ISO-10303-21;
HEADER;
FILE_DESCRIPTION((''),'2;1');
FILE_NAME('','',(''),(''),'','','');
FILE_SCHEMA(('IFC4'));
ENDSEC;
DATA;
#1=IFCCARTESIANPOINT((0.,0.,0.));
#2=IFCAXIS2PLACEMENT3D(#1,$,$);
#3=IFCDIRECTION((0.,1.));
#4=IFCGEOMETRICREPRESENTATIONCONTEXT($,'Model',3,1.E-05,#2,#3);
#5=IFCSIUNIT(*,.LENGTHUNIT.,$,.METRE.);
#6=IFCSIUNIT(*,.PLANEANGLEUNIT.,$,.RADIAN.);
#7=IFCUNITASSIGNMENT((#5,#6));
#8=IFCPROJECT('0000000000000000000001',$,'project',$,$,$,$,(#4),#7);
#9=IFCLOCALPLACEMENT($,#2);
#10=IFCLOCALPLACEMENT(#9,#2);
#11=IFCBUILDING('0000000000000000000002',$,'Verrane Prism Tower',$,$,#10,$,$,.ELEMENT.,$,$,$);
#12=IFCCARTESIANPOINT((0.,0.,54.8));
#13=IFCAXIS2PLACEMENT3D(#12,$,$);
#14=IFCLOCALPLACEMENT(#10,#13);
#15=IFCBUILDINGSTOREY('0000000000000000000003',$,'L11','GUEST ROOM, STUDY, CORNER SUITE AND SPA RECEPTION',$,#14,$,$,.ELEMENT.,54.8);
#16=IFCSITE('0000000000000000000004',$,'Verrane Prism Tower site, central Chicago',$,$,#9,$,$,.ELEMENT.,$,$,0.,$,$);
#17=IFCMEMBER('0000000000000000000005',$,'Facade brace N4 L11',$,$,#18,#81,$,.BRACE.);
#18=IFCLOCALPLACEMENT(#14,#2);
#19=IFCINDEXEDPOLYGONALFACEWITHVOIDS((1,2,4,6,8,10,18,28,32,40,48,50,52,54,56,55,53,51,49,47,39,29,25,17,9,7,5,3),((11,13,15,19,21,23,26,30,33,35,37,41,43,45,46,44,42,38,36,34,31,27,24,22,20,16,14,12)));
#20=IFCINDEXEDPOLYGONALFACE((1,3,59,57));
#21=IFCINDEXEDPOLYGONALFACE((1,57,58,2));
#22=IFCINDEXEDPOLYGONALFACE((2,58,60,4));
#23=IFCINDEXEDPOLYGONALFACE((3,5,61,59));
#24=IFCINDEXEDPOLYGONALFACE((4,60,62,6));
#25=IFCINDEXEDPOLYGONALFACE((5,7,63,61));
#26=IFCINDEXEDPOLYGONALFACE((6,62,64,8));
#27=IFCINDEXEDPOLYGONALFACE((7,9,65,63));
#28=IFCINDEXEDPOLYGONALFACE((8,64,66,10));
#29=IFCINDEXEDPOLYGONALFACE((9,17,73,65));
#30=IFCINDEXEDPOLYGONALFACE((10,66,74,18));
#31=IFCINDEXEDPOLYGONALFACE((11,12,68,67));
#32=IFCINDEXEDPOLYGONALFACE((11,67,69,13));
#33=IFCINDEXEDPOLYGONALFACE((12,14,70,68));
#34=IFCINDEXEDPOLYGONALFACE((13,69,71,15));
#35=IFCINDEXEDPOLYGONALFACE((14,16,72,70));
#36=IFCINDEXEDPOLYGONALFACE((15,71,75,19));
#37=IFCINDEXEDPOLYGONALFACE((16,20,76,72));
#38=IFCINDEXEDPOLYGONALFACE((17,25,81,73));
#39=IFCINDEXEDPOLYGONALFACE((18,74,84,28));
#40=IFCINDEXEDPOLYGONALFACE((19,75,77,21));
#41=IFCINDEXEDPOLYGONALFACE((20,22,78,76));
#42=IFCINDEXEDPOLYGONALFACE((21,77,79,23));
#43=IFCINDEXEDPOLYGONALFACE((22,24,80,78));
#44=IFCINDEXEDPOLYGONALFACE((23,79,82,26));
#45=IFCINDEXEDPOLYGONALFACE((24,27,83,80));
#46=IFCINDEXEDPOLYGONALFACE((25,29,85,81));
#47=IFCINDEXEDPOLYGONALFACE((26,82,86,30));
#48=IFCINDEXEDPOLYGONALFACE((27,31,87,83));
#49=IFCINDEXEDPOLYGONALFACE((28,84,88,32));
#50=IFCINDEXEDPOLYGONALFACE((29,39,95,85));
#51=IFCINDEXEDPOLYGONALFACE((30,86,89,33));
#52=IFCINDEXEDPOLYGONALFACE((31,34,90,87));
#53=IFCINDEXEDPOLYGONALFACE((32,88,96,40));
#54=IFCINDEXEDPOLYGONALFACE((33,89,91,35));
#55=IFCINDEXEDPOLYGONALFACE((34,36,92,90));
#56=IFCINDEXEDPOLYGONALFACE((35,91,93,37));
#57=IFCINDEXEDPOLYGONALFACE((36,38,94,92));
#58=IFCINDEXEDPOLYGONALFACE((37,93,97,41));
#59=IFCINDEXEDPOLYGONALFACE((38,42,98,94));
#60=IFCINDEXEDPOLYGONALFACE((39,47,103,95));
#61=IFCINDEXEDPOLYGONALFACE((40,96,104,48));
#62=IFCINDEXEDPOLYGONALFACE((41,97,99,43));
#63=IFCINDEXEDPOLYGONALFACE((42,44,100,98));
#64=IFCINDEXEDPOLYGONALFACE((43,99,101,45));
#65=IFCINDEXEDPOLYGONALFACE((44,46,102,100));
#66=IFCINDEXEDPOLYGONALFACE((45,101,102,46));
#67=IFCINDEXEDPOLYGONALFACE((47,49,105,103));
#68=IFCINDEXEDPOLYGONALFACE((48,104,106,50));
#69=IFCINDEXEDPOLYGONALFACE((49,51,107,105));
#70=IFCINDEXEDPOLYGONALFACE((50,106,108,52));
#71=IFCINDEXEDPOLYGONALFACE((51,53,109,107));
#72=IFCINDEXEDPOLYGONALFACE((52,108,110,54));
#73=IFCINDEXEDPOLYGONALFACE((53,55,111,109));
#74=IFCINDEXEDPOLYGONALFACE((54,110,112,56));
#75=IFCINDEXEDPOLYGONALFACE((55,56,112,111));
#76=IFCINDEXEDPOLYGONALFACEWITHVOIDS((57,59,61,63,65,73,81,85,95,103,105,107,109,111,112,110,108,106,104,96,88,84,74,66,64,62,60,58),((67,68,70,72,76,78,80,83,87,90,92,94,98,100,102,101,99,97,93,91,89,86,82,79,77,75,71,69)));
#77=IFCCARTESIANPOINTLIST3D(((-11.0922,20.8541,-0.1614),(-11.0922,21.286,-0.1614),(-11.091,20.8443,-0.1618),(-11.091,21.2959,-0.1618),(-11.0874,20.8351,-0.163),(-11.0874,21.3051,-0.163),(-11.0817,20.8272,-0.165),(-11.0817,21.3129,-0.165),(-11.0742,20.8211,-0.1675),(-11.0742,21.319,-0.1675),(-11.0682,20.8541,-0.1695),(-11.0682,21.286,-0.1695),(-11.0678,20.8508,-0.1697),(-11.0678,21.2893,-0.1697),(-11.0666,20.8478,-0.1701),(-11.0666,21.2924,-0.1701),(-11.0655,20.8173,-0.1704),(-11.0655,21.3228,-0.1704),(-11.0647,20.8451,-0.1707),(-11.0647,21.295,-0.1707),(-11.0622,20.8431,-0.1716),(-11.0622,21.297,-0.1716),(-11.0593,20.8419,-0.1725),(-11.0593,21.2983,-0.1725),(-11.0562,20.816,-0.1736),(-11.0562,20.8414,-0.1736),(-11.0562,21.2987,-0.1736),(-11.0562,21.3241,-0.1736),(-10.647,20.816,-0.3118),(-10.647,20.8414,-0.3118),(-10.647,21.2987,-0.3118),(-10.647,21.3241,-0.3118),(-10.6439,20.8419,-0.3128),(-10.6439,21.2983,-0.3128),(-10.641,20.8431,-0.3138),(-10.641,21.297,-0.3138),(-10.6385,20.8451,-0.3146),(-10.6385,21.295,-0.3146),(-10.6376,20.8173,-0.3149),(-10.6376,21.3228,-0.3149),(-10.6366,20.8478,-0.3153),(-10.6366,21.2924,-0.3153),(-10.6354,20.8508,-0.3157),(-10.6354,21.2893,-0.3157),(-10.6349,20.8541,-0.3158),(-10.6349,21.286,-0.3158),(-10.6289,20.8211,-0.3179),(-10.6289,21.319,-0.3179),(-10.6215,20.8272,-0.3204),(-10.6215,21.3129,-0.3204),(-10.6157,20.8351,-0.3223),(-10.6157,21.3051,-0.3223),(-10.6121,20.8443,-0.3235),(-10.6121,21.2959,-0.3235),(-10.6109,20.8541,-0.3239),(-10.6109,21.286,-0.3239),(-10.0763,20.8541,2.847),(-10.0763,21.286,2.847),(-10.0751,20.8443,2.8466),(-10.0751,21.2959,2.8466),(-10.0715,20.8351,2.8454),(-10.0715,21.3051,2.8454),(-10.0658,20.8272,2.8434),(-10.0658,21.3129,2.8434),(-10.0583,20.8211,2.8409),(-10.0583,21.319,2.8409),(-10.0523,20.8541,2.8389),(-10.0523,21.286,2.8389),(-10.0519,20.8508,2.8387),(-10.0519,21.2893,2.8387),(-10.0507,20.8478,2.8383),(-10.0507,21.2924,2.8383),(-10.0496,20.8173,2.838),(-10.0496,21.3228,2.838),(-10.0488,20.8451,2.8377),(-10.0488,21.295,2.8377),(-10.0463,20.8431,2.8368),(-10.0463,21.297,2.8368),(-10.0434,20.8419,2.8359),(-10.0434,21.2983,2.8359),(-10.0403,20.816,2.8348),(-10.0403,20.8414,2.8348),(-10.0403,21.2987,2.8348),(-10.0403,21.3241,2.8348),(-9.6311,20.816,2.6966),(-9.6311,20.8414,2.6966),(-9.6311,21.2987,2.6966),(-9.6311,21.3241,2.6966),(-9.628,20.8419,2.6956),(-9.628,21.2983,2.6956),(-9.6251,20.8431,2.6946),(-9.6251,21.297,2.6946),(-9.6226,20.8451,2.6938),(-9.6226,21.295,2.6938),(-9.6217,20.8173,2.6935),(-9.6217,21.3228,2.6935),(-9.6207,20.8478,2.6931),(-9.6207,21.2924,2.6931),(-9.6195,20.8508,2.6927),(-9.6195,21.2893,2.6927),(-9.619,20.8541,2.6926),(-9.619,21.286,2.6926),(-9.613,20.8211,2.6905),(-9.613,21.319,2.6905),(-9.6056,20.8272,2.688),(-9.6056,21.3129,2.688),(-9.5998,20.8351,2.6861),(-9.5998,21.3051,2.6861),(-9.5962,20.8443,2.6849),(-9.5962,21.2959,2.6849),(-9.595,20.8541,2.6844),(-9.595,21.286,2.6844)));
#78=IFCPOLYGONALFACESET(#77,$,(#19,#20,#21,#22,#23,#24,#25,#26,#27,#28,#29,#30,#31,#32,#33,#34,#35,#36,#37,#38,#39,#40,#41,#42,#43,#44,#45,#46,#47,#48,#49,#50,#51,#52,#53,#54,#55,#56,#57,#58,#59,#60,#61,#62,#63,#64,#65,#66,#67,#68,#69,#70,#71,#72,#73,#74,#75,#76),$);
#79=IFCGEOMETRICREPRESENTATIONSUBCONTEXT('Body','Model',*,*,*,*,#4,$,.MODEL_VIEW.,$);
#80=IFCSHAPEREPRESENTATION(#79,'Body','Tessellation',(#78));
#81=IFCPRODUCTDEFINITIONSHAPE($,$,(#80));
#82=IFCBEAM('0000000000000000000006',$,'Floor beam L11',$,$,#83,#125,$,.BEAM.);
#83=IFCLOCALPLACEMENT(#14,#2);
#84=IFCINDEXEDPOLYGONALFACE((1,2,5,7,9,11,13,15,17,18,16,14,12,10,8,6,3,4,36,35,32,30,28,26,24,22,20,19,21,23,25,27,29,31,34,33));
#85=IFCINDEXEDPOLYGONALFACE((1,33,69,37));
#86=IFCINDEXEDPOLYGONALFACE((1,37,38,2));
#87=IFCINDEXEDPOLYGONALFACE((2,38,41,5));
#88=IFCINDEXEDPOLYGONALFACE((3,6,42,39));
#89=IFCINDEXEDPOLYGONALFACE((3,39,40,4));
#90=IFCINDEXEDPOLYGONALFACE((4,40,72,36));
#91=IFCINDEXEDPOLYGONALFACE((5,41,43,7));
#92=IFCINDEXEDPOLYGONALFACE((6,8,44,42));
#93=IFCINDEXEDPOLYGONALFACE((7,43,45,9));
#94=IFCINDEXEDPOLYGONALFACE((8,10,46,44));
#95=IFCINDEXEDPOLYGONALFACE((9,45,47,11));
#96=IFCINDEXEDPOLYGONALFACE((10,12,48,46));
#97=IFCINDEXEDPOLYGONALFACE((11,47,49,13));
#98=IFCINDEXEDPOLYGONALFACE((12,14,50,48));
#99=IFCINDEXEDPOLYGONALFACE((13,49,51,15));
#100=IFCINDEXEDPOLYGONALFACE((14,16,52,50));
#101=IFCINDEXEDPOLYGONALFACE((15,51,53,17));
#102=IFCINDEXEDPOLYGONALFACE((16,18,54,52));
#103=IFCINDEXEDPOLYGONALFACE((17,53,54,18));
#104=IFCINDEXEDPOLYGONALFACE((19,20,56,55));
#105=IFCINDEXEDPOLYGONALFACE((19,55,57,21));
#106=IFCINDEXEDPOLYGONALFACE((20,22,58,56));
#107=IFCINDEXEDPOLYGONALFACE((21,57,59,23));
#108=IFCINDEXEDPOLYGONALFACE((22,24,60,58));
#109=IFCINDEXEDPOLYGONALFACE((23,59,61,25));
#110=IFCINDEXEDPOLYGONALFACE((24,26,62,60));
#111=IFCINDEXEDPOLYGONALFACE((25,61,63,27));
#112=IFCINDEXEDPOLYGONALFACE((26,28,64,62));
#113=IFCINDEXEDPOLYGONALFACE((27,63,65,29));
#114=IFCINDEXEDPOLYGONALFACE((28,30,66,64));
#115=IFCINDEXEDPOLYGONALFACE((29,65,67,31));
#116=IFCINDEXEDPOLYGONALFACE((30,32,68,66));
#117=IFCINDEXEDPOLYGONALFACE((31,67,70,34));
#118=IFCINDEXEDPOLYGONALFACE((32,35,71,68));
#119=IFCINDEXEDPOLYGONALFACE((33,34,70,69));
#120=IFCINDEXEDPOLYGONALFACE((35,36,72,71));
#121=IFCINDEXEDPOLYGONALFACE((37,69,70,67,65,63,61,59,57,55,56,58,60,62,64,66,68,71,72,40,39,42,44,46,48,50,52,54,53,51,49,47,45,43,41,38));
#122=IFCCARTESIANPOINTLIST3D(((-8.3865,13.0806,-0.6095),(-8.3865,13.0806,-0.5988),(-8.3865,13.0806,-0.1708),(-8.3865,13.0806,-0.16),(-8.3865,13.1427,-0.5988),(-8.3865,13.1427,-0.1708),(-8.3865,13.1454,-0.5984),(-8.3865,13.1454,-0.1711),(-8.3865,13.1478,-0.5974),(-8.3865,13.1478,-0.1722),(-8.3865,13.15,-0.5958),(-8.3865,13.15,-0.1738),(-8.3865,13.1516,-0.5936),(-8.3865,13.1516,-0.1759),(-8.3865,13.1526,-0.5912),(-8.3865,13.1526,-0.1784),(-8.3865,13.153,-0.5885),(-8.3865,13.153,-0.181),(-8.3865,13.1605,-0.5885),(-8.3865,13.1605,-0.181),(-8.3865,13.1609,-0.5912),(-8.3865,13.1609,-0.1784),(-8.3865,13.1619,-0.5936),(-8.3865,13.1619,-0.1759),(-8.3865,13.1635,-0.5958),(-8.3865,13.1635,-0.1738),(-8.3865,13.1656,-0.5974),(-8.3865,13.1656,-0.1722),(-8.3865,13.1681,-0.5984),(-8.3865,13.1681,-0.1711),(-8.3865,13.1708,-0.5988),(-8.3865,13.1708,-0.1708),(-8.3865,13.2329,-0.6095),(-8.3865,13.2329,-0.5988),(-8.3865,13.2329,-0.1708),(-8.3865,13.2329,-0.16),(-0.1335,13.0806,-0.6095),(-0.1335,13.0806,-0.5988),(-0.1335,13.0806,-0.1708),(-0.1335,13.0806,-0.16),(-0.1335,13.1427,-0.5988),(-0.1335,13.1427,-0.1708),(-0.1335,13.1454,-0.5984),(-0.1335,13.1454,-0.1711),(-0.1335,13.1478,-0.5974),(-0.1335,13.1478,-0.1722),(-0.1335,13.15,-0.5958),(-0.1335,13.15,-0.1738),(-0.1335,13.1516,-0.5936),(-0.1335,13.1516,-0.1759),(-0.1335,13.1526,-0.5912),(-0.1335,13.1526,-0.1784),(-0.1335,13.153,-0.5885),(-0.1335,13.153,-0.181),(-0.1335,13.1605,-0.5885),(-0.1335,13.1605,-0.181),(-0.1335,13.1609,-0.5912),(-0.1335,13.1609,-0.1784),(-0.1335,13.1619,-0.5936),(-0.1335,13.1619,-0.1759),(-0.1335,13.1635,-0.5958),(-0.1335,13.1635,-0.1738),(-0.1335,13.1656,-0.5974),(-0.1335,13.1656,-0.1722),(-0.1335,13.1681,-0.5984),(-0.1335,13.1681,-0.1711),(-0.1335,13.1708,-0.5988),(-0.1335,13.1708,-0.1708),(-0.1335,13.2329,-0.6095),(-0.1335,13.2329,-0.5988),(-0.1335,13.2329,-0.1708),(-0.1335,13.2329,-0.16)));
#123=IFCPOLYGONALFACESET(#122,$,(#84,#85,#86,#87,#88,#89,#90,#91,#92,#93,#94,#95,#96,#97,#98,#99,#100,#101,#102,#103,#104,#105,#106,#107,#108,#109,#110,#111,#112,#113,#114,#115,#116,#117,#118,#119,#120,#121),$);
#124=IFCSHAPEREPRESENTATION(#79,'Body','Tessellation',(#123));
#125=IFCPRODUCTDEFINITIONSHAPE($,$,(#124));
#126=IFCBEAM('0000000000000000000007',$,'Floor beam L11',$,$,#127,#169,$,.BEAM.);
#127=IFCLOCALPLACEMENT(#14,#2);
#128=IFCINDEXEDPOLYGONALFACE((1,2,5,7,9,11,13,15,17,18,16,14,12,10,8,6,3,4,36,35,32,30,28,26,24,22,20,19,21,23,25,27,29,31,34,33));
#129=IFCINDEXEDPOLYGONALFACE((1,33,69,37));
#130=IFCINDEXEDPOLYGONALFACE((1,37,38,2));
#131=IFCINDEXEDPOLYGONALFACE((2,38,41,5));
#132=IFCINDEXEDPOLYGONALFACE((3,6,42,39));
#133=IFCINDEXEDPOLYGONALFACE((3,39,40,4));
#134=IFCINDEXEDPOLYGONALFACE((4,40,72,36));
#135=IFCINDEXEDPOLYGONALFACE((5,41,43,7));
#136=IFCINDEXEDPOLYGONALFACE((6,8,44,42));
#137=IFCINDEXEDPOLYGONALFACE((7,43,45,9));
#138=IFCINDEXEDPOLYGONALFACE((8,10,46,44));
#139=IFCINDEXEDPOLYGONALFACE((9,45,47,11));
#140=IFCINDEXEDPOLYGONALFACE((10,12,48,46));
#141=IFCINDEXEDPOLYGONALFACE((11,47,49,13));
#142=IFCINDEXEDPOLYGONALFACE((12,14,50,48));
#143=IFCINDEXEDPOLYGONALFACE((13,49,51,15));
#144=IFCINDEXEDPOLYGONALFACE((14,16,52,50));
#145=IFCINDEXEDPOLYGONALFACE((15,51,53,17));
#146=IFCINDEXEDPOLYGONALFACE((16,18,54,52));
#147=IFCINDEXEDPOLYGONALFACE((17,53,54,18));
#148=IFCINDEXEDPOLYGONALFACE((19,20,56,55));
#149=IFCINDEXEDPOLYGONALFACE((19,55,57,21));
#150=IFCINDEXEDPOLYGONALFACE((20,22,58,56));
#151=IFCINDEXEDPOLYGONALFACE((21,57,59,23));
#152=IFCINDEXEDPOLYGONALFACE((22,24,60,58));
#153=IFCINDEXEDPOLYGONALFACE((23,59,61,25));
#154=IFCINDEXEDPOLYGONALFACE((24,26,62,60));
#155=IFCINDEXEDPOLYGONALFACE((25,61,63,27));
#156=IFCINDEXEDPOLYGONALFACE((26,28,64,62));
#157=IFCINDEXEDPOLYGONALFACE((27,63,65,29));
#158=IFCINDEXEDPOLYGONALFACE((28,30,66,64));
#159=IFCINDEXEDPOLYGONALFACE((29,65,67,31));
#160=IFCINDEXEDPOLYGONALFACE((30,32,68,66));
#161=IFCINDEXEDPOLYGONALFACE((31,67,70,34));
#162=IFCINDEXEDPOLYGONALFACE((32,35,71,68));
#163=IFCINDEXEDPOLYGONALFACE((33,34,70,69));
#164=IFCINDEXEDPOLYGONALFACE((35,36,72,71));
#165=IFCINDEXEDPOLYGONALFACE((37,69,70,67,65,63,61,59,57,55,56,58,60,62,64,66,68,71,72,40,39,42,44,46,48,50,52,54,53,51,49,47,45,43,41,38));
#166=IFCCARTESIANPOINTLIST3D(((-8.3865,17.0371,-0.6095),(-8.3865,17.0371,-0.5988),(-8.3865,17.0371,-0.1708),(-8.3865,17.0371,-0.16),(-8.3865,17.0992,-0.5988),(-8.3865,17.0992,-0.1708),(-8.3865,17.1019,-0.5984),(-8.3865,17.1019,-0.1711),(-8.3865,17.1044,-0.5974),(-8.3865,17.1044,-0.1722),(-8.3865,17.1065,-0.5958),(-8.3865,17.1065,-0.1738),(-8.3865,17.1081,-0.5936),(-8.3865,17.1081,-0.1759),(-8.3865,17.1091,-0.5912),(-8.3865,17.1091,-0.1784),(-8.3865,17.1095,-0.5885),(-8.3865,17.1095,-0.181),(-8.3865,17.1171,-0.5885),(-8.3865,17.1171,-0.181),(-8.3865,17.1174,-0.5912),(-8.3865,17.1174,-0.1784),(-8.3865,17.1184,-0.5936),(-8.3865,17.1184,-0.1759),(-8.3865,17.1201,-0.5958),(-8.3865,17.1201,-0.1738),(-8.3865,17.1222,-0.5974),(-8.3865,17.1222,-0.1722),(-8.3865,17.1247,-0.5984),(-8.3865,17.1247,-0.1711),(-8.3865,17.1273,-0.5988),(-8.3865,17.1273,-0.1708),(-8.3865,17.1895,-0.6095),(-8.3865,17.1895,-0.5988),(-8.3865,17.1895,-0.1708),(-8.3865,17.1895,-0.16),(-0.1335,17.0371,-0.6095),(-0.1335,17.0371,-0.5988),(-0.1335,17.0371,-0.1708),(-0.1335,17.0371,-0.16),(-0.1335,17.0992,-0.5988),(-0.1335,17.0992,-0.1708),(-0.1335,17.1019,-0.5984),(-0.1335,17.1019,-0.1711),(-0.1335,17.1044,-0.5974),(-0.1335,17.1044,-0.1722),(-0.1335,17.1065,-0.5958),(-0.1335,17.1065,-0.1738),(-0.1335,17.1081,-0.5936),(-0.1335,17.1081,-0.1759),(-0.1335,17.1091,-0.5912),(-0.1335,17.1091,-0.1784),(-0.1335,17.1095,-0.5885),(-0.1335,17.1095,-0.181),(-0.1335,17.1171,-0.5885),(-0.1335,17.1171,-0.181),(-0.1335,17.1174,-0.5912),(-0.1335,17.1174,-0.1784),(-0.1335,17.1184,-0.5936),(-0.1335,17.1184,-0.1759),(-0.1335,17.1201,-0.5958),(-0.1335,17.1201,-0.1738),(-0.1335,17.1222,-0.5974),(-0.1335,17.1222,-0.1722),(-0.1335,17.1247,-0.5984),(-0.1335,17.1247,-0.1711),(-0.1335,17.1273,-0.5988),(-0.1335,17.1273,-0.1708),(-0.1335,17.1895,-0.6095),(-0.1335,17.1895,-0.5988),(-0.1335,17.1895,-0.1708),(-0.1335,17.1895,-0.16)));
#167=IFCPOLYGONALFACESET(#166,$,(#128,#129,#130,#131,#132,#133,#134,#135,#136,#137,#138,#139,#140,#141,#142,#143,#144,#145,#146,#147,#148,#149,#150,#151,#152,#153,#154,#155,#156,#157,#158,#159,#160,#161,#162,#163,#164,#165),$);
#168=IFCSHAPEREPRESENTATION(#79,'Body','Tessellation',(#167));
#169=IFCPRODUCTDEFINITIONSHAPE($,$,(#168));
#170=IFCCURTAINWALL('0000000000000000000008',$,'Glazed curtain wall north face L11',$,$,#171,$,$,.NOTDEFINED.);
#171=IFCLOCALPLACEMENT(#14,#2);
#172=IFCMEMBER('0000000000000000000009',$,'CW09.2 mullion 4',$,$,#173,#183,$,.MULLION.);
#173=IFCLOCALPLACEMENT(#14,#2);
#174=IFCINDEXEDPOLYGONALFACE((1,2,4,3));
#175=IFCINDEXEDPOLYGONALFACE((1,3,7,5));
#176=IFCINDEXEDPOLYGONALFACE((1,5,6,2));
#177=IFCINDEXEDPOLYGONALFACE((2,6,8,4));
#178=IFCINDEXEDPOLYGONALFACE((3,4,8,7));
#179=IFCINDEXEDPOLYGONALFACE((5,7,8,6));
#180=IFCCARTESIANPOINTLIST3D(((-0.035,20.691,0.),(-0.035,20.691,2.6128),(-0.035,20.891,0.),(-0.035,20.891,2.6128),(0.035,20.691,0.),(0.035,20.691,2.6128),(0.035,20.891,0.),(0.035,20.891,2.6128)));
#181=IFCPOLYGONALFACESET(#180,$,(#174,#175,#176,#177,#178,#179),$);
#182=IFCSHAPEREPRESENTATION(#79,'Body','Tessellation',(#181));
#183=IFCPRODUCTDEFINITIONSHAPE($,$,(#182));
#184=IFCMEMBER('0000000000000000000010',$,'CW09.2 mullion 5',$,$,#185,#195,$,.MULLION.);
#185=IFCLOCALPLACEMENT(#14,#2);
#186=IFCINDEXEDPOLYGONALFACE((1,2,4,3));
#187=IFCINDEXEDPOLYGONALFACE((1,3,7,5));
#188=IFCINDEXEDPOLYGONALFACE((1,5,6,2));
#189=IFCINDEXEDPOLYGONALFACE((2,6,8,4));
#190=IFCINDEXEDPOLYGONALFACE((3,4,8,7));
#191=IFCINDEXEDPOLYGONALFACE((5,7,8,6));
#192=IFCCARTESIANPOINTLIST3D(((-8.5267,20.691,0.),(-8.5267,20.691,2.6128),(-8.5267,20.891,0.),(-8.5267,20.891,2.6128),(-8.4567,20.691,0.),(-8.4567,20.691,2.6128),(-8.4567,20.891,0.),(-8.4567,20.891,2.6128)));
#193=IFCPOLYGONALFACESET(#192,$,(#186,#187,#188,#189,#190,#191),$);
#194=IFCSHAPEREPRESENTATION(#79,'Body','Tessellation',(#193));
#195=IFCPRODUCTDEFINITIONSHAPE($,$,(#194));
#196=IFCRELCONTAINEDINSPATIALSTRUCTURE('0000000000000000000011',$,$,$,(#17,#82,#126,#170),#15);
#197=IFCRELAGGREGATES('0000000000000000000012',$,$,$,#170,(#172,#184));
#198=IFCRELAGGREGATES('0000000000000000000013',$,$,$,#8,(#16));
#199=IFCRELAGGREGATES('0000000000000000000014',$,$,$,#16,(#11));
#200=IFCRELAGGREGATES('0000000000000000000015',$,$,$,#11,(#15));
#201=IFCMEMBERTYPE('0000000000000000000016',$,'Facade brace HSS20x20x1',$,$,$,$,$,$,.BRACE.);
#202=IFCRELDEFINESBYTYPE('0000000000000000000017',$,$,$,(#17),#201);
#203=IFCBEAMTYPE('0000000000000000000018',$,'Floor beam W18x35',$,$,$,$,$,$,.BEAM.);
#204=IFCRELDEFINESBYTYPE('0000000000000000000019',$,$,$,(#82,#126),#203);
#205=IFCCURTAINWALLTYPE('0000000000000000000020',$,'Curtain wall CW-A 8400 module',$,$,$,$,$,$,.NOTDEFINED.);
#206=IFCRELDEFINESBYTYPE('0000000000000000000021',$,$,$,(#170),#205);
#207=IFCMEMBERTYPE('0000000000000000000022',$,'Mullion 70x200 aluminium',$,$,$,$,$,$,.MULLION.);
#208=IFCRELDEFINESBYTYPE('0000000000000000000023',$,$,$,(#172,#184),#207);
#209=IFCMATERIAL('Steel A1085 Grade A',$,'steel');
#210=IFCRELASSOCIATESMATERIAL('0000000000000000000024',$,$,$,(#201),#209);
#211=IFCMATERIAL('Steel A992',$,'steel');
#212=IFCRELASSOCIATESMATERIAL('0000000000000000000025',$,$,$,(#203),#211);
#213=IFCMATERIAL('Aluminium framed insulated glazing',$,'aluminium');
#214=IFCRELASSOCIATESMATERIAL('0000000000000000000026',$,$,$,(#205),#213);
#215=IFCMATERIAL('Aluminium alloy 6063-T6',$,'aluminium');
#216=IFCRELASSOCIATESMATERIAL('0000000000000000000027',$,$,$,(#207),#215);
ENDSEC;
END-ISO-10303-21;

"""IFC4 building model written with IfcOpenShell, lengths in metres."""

from ifc_helpers import new_model, si_unit, direction, frame, origin, origin_2d, place, context, subcontext, project, spatial, rectangle, hollow_rectangle, i_section, extrude, material, material_profile, profile_set, type_object, element, aggregate, save


model = new_model("IFC4")

# Units and contexts
model_context = context("Model", 3, precision=1e-05, world=origin(), true_north=direction((0.0, 1.0)))
body_context = subcontext(model_context, "Body", "Model", "MODEL_VIEW")
ifc_project = project(units=[si_unit("LENGTHUNIT", "METRE"), si_unit("PLANEANGLEUNIT", "RADIAN")], contexts=[model_context])

# Site, building, storey
site_placement = place(None, origin())
site = spatial("IfcSite", under=ifc_project, at=site_placement, Name="Verrane Prism Tower site, central Chicago", CompositionType="ELEMENT", RefElevation=0.0)
building_placement = place(site_placement, origin())
building = spatial("IfcBuilding", under=site, at=building_placement, Name="Verrane Prism Tower", CompositionType="ELEMENT")
storey_placement = place(building_placement, frame((0.0, 0.0, 54.8)))
storey = spatial("IfcBuildingStorey", under=building, at=storey_placement, Name="L11", Description="GUEST ROOM, STUDY, CORNER SUITE AND SPA RECEPTION", CompositionType="ELEMENT", Elevation=54.8)

# Member
ifc_material_1 = material(Name="Steel A1085 Grade A", Category="steel")
ifc_material_profile_1 = material_profile(ifc_material_1, hollow_rectangle(XDim=0.5081, YDim=0.5081, WallThickness=0.0254, InnerFilletRadius=0.0127, OuterFilletRadius=0.0381, at=origin_2d()), Name="HSS20x20x1")
ifc_profile_set_1 = profile_set([ifc_material_profile_1], Name="Steel A1085 Grade A")
member_type_1 = type_object("IfcMemberType", Name="Facade brace HSS20x20x1", PredefinedType="BRACE", material=ifc_profile_set_1)
member_1_placement = place(storey_placement, frame((-10.8516, 21.0701, -0.2427), z_axis=(0.319939, 0.0, 0.947438), x_axis=(0.0, 1.0, 0.0)))
element("IfcMember", 1, at=member_1_placement, inside=storey, type_object=member_type_1, Name="Facade brace N4 L11", PredefinedType="BRACE", context=body_context, shape_type="SweptSolid", body=[
    extrude(hollow_rectangle(XDim=0.5081, YDim=0.5081, WallThickness=0.0254, InnerFilletRadius=0.0127, OuterFilletRadius=0.0381, at=origin_2d()), origin(), (0.0, 0.0, 1.0), 3.1753),
])

# Beams
ifc_material_2 = material(Name="Steel A992", Category="steel")
ifc_material_profile_2 = material_profile(ifc_material_2, i_section(OverallWidth=0.1523, OverallDepth=0.4495, WebThickness=0.0076, FlangeThickness=0.0107, FilletRadius=0.0103, at=origin_2d()), Name="W18x35")
ifc_profile_set_2 = profile_set([ifc_material_profile_2], Name="Steel A992")
beam_type_1 = type_object("IfcBeamType", Name="Floor beam W18x35", PredefinedType="BEAM", material=ifc_profile_set_2)
for number, where, z_axis, x_axis, name in (
    (2, (-8.3865, 13.1567, -0.3848), (1.0, 0.0, 0.0), (0.0, 1.0, 0.0), "Floor beam L11"),
    (3, (-8.3865, 17.1133, -0.3848), (1.0, 0.0, 0.0), (0.0, 1.0, 0.0), "Floor beam L11"),
):
    element("IfcBeam", number, at=place(storey_placement, frame(where, z_axis=z_axis, x_axis=x_axis)), inside=storey, type_object=beam_type_1, Name=name, PredefinedType="BEAM", context=body_context, shape_type="SweptSolid", body=[
        extrude(i_section(OverallWidth=0.1523, OverallDepth=0.4495, WebThickness=0.0076, FlangeThickness=0.0107, FilletRadius=0.0103, at=origin_2d()), origin(), (0.0, 0.0, 1.0), 8.2529),
    ])

# Curtain wall, members
ifc_material_3 = material(Name="Aluminium framed insulated glazing", Category="aluminium")
curtain_wall_type = type_object("IfcCurtainWallType", Name="Curtain wall CW-A 8400 module", PredefinedType="NOTDEFINED", material=ifc_material_3)
curtain_wall_placement = place(storey_placement, origin())
curtain_wall = element("IfcCurtainWall", 4, at=curtain_wall_placement, inside=storey, type_object=curtain_wall_type, Name="Glazed curtain wall north face L11", PredefinedType="NOTDEFINED")
ifc_material_4 = material(Name="Aluminium alloy 6063-T6", Category="aluminium")
ifc_material_profile_3 = material_profile(ifc_material_4, rectangle(XDim=0.2, YDim=0.0701, at=origin_2d()), Name="Mullion 70x200 aluminium")
ifc_profile_set_3 = profile_set([ifc_material_profile_3], Name="Aluminium alloy 6063-T6")
member_type_2 = type_object("IfcMemberType", Name="Mullion 70x200 aluminium", PredefinedType="MULLION", material=ifc_profile_set_3)
member_2_placement = place(storey_placement, frame((0.0, 20.791, 0.0), z_axis=(0.0, 0.0, 1.0), x_axis=(0.0, -1.0, 0.0)))
member_2 = element("IfcMember", 5, at=member_2_placement, type_object=member_type_2, Name="CW09.2 mullion 4", PredefinedType="MULLION", context=body_context, shape_type="SweptSolid", body=[
    extrude(rectangle(XDim=0.2, YDim=0.0701, at=origin_2d()), origin(), (0.0, 0.0, 1.0), 2.6128),
])
member_3_placement = place(storey_placement, frame((-8.4917, 20.791, 0.0), z_axis=(0.0, 0.0, 1.0), x_axis=(0.0, -1.0, 0.0)))
member_3 = element("IfcMember", 6, at=member_3_placement, type_object=member_type_2, Name="CW09.2 mullion 5", PredefinedType="MULLION", context=body_context, shape_type="SweptSolid", body=[
    extrude(rectangle(XDim=0.2, YDim=0.0701, at=origin_2d()), origin(), (0.0, 0.0, 1.0), 2.6128),
])

aggregate(curtain_wall, [member_2, member_3])

save(model, "model.ifc")
